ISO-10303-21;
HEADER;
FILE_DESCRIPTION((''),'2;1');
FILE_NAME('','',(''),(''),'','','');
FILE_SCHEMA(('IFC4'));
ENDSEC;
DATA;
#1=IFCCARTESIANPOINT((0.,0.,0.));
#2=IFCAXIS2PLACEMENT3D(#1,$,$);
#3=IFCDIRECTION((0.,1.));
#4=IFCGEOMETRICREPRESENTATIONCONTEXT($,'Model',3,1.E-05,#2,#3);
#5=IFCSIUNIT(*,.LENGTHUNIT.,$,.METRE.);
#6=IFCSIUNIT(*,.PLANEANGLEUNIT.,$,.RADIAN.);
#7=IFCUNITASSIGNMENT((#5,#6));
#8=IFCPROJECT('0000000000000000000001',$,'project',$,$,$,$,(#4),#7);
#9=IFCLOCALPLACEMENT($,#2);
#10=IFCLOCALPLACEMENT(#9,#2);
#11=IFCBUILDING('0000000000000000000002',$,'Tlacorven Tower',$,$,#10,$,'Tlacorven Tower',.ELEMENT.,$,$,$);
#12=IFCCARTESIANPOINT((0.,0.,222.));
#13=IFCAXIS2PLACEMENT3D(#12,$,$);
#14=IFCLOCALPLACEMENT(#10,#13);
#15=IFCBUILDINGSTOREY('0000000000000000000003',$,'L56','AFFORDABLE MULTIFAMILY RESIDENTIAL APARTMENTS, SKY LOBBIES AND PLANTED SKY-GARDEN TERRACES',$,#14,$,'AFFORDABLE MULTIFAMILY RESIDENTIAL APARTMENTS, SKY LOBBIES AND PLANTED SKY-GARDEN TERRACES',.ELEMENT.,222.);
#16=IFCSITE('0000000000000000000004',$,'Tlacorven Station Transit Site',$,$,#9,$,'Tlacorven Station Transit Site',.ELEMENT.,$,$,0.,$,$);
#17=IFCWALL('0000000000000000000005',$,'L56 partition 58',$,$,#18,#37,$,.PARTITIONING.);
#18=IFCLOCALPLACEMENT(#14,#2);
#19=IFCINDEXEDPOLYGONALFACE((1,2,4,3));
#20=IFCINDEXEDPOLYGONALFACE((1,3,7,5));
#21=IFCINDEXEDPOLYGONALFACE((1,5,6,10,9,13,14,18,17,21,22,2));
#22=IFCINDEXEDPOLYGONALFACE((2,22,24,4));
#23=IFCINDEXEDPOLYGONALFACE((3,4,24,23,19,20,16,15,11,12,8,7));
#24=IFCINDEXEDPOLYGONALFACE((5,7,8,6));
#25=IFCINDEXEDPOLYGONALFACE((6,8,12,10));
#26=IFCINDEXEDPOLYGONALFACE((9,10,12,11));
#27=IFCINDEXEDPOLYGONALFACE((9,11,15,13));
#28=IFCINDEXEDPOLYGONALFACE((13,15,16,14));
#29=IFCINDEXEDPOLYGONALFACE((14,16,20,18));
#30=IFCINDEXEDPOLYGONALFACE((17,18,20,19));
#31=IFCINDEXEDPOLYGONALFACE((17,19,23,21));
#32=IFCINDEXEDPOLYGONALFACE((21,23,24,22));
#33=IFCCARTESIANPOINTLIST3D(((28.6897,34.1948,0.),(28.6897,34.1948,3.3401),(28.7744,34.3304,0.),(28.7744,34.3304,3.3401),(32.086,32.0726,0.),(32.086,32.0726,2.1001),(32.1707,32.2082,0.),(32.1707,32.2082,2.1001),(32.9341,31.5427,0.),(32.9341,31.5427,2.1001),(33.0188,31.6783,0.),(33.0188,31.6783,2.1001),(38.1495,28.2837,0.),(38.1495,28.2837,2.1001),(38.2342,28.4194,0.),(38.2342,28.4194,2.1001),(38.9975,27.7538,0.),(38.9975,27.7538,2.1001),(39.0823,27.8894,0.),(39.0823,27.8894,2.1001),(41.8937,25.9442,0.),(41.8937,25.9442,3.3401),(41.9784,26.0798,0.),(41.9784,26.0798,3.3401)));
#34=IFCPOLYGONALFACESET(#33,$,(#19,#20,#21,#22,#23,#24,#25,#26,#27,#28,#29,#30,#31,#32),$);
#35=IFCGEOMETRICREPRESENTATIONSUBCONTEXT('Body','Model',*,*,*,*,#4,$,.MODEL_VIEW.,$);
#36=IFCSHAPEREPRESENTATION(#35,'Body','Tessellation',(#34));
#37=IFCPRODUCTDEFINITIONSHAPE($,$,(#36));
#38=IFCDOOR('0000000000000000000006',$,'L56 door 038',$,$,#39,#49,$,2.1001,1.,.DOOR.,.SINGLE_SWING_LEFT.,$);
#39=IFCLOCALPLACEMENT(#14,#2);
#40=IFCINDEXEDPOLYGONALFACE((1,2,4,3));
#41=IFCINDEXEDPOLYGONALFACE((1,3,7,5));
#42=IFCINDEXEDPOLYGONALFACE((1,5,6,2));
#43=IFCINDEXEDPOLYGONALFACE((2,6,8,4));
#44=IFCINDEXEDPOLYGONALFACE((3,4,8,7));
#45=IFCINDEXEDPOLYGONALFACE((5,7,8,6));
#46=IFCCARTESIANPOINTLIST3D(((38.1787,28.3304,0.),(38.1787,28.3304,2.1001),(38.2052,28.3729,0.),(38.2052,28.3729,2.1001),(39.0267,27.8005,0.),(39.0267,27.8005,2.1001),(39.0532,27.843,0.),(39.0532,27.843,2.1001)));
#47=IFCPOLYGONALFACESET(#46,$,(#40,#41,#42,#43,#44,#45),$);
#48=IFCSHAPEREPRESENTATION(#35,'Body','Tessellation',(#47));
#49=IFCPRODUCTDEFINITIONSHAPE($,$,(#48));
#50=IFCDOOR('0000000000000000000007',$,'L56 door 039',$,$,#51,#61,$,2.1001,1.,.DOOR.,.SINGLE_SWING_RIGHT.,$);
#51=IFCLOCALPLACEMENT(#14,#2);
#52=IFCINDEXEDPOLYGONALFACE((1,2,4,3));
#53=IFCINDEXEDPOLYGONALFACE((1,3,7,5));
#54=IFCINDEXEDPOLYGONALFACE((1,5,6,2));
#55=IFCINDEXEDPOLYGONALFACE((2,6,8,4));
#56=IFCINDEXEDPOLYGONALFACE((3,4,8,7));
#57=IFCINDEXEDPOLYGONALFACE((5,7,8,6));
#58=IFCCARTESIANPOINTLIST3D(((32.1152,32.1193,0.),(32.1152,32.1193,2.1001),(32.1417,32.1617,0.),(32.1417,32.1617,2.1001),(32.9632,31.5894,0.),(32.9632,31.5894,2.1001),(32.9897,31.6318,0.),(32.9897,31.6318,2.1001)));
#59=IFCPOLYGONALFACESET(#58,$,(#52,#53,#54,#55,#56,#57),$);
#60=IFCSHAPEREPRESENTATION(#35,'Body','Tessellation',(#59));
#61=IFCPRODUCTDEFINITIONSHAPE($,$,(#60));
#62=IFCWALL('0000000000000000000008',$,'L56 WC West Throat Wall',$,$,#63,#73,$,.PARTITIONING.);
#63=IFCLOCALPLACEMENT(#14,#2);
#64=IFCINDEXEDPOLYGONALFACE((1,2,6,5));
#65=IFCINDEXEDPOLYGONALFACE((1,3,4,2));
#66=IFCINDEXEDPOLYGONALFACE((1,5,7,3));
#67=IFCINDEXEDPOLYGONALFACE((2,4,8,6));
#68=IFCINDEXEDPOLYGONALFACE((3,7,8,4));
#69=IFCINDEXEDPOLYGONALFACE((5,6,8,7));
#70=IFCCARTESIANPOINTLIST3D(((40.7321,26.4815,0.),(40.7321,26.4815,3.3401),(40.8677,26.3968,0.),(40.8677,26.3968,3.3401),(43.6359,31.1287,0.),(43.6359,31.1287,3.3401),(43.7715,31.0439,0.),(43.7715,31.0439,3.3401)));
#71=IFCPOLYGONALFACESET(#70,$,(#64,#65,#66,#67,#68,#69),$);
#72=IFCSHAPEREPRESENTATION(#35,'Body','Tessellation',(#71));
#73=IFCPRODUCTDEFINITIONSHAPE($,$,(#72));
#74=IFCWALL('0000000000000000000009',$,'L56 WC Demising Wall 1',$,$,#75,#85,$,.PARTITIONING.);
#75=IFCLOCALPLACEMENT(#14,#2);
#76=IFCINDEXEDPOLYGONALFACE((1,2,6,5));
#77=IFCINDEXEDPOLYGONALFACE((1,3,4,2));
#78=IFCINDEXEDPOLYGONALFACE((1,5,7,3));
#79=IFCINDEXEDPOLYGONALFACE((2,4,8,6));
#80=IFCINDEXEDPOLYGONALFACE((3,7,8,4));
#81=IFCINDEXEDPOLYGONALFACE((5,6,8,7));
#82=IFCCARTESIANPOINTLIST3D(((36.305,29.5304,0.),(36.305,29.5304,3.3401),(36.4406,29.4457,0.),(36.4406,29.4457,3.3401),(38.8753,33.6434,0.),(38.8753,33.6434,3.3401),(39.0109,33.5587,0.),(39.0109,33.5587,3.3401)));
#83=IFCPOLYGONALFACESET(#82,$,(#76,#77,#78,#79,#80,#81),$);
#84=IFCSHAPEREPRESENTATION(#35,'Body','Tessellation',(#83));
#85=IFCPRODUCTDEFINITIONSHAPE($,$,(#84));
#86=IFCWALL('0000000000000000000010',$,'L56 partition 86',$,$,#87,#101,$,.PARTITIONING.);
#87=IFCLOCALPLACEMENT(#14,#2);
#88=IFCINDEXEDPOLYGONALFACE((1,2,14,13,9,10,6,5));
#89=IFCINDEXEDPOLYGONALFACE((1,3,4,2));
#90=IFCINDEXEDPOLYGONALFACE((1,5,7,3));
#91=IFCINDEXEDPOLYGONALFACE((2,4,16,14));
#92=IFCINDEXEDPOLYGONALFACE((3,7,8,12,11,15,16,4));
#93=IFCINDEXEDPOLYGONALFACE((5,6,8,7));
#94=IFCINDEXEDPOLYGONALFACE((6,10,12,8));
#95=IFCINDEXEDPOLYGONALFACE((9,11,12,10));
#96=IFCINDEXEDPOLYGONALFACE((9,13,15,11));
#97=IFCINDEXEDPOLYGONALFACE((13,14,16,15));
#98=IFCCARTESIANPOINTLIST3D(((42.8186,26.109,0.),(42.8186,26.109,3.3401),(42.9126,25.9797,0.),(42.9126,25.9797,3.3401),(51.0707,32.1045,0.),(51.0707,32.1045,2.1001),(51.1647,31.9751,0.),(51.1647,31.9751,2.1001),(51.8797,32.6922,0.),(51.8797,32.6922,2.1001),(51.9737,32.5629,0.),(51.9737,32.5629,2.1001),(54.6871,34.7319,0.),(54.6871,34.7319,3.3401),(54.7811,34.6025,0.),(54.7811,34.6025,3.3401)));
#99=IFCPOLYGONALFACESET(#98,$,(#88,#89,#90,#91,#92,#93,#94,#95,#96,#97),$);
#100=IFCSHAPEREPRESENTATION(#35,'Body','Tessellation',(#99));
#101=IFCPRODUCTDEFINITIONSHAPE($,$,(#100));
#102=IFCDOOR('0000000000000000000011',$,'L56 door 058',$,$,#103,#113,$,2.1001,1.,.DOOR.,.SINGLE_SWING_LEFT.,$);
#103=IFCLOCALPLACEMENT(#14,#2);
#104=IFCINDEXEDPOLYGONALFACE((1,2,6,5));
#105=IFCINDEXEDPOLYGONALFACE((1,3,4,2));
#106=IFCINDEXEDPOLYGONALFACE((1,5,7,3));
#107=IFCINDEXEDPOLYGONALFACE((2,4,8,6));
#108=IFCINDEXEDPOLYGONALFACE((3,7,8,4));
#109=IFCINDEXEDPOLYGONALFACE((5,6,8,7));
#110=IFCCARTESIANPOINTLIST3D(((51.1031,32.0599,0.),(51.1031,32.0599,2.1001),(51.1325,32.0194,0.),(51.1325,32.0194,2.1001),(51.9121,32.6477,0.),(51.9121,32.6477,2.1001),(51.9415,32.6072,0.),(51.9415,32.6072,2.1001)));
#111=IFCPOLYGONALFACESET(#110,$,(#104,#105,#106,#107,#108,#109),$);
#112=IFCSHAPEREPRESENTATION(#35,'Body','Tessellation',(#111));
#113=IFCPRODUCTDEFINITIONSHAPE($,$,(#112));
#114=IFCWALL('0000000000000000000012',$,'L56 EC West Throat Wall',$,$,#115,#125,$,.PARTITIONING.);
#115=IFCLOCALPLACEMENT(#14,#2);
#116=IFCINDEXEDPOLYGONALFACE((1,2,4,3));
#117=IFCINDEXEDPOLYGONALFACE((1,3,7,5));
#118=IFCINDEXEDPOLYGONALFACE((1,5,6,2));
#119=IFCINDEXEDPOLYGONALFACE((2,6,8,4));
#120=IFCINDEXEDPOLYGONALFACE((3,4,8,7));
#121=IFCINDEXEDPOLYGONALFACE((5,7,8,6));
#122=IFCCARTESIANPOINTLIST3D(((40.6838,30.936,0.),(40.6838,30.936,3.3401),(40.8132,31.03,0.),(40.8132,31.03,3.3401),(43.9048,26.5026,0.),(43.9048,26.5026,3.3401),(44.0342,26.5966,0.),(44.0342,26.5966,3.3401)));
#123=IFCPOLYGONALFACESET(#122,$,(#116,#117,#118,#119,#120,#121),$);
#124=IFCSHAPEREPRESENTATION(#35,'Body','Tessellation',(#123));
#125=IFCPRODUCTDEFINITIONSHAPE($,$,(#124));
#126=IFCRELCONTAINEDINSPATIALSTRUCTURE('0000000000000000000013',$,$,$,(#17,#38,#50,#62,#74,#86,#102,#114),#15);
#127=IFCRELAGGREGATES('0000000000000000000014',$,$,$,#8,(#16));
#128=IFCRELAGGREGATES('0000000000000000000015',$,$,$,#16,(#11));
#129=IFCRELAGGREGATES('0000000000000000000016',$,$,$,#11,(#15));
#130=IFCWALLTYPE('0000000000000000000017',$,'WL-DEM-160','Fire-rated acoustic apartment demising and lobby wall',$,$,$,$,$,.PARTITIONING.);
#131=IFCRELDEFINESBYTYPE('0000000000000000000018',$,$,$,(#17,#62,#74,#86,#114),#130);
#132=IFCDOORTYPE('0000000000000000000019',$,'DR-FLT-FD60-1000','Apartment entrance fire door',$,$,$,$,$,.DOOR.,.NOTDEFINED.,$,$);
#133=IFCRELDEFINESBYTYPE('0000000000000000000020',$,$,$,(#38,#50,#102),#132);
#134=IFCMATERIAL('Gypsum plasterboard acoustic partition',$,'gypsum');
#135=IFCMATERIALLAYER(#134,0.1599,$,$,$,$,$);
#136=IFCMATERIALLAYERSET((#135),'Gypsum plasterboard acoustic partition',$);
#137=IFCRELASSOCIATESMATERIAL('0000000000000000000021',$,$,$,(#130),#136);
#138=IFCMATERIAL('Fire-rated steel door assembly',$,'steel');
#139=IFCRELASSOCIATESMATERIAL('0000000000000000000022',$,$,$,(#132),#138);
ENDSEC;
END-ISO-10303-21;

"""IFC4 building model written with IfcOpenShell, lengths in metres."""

from ifc_helpers import new_model, si_unit, direction, frame, frame_2d, origin, place, context, subcontext, project, spatial, rectangle, extrude, source, transform, mapped, material, layer, layer_set, type_object, element, fill, save


model = new_model("IFC4")

# Units and contexts
model_context = context("Model", 3, precision=1e-05, world=origin(), true_north=direction((0.0, 1.0)))
body_context = subcontext(model_context, "Body", "Model", "MODEL_VIEW")
ifc_project = project(units=[si_unit("LENGTHUNIT", "METRE"), si_unit("PLANEANGLEUNIT", "RADIAN")], contexts=[model_context])

# Site, building, storey
site_placement = place(None, origin())
site = spatial("IfcSite", under=ifc_project, at=site_placement, Name="Tlacorven Station Transit Site", LongName="Tlacorven Station Transit Site", CompositionType="ELEMENT", RefElevation=0.0)
building_placement = place(site_placement, origin())
building = spatial("IfcBuilding", under=site, at=building_placement, Name="Tlacorven Tower", LongName="Tlacorven Tower", CompositionType="ELEMENT")
storey_placement = place(building_placement, frame((0.0, 0.0, 222.0)))
storey = spatial("IfcBuildingStorey", under=building, at=storey_placement, Name="L56", Description="AFFORDABLE MULTIFAMILY RESIDENTIAL APARTMENTS, SKY LOBBIES AND PLANTED SKY-GARDEN TERRACES", LongName="AFFORDABLE MULTIFAMILY RESIDENTIAL APARTMENTS, SKY LOBBIES AND PLANTED SKY-GARDEN TERRACES", CompositionType="ELEMENT", Elevation=222.0)

# Wall, openings, doors
ifc_material_1 = material(Name="Gypsum plasterboard acoustic partition", Category="gypsum")
ifc_layer_1 = layer(ifc_material_1, 0.1599)
ifc_layer_set_1 = layer_set([ifc_layer_1], Name="Gypsum plasterboard acoustic partition")
wall_type_1 = type_object("IfcWallType", Name="WL-DEM-160", Description="Fire-rated acoustic apartment demising and lobby wall", PredefinedType="PARTITIONING", material=ifc_layer_set_1)
wall_1_placement = place(storey_placement, frame((41.936, 26.012, 0.0), z_axis=(0.0, 0.0, 1.0), x_axis=(-0.848051, 0.529914, 0.0)))
wall_1 = element("IfcWall", 1, at=wall_1_placement, inside=storey, type_object=wall_type_1, Name="L56 partition 58", PredefinedType="PARTITIONING", context=body_context, shape_type="SweptSolid", body=[
    extrude(rectangle(XDim=15.5698, YDim=0.1599, at=frame_2d((7.7849, 0.0))), origin(), (0.0, 0.0, 1.0), 3.3401),
])
opening_1_placement = place(wall_1_placement, frame((3.415, 0.0, 0.0)))
opening_1 = element("IfcOpeningElement", 2, at=opening_1_placement, cuts=wall_1, PredefinedType="OPENING", context=body_context, shape_type="SweptSolid", body=[
    extrude(rectangle(XDim=1.0, YDim=2.1001, at=frame_2d((0.5, 1.05))), frame((0.0, 0.0898, 0.0), z_axis=(0.0, -1.0, 0.0), x_axis=(1.0, 0.0, 0.0)), (0.0, 0.0, 1.0), 0.1799),
])
opening_2_placement = place(wall_1_placement, frame((10.5649, 0.0, 0.0)))
opening_2 = element("IfcOpeningElement", 3, at=opening_2_placement, cuts=wall_1, PredefinedType="OPENING", context=body_context, shape_type="SweptSolid", body=[
    extrude(rectangle(XDim=1.0, YDim=2.1001, at=frame_2d((0.5, 1.05))), frame((0.0, 0.0898, 0.0), z_axis=(0.0, -1.0, 0.0), x_axis=(1.0, 0.0, 0.0)), (0.0, 0.0, 1.0), 0.1799),
])
ifc_material_2 = material(Name="Fire-rated steel door assembly", Category="steel")
door_type_1 = type_object("IfcDoorType", Name="DR-FLT-FD60-1000", Description="Apartment entrance fire door", OperationType="NOTDEFINED", PredefinedType="DOOR", material=ifc_material_2)
shared_shape_1 = source(origin(), body_context, "Body", "SweptSolid", [
    extrude(rectangle(XDim=1.0, YDim=2.1001, at=frame_2d((0.5, 1.05))), frame((0.0, 0.0249, 0.0), z_axis=(0.0, -1.0, 0.0), x_axis=(1.0, 0.0, 0.0)), (0.0, 0.0, 1.0), 0.05),
])
door_1_placement = place(opening_1_placement, origin())
door_1 = element("IfcDoor", 4, at=door_1_placement, inside=storey, type_object=door_type_1, Name="L56 door 038", OperationType="SINGLE_SWING_LEFT", OverallHeight=2.1001, OverallWidth=1.0, PredefinedType="DOOR", context=body_context, shape_type="MappedRepresentation", body=[
    mapped(shared_shape_1, transform((0.0, 0.0, 0.0), scale=1.0)),
])
fill(opening_1, door_1)
door_2_placement = place(opening_2_placement, origin())
door_2 = element("IfcDoor", 5, at=door_2_placement, inside=storey, type_object=door_type_1, Name="L56 door 039", OperationType="SINGLE_SWING_RIGHT", OverallHeight=2.1001, OverallWidth=1.0, PredefinedType="DOOR", context=body_context, shape_type="MappedRepresentation", body=[
    mapped(shared_shape_1, transform((0.0, 0.0, 0.0), scale=1.0)),
])
fill(opening_2, door_2)

# Walls
wall_2_placement = place(storey_placement, frame((43.7036, 31.0862, 0.0), z_axis=(0.0, 0.0, 1.0), x_axis=(-0.529907, -0.848056, 0.0)))
element("IfcWall", 6, at=wall_2_placement, inside=storey, type_object=wall_type_1, Name="L56 WC West Throat Wall", PredefinedType="PARTITIONING", context=body_context, shape_type="SweptSolid", body=[
    extrude(rectangle(XDim=5.4797, YDim=0.1599, at=frame_2d((2.7397, 0.0))), origin(), (0.0, 0.0, 1.0), 3.3401),
])
wall_3_placement = place(storey_placement, frame((38.9431, 33.6011, 0.0), z_axis=(0.0, 0.0, 1.0), x_axis=(-0.529949, -0.848029, 0.0)))
element("IfcWall", 7, at=wall_3_placement, inside=storey, type_object=wall_type_1, Name="L56 WC Demising Wall 1", PredefinedType="PARTITIONING", context=body_context, shape_type="SweptSolid", body=[
    extrude(rectangle(XDim=4.8501, YDim=0.1599, at=frame_2d((2.425, 0.0))), origin(), (0.0, 0.0, 1.0), 3.3401),
])

# Wall, opening, door
wall_4_placement = place(storey_placement, frame((42.8657, 26.0444, 0.0), z_axis=(0.0, 0.0, 1.0), x_axis=(0.80902, 0.587781, 0.0)))
wall_4 = element("IfcWall", 8, at=wall_4_placement, inside=storey, type_object=wall_type_1, Name="L56 partition 86", PredefinedType="PARTITIONING", context=body_context, shape_type="SweptSolid", body=[
    extrude(rectangle(XDim=14.6702, YDim=0.1599, at=frame_2d((7.335, 0.0))), origin(), (0.0, 0.0, 1.0), 3.3401),
])
opening_3_placement = place(wall_4_placement, frame((10.2, 0.0, 0.0)))
opening_3 = element("IfcOpeningElement", 9, at=opening_3_placement, cuts=wall_4, PredefinedType="OPENING", context=body_context, shape_type="SweptSolid", body=[
    extrude(rectangle(XDim=1.0, YDim=2.1001, at=frame_2d((0.5, 1.05))), frame((0.0, 0.0898, 0.0), z_axis=(0.0, -1.0, 0.0), x_axis=(1.0, 0.0, 0.0)), (0.0, 0.0, 1.0), 0.1799),
])
door_3_placement = place(opening_3_placement, origin())
door_3 = element("IfcDoor", 10, at=door_3_placement, inside=storey, type_object=door_type_1, Name="L56 door 058", OperationType="SINGLE_SWING_LEFT", OverallHeight=2.1001, OverallWidth=1.0, PredefinedType="DOOR", context=body_context, shape_type="MappedRepresentation", body=[
    mapped(shared_shape_1, transform((0.0, 0.0, 0.0), scale=1.0)),
])
fill(opening_3, door_3)

# Wall
wall_5_placement = place(storey_placement, frame((43.9695, 26.5496, 0.0), z_axis=(0.0, 0.0, 1.0), x_axis=(-0.587777, 0.809023, 0.0)))
element("IfcWall", 11, at=wall_5_placement, inside=storey, type_object=wall_type_1, Name="L56 EC West Throat Wall", PredefinedType="PARTITIONING", context=body_context, shape_type="SweptSolid", body=[
    extrude(rectangle(XDim=5.48, YDim=0.1599, at=frame_2d((2.74, 0.0))), origin(), (0.0, 0.0, 1.0), 3.3401),
])

save(model, "model.ifc")
